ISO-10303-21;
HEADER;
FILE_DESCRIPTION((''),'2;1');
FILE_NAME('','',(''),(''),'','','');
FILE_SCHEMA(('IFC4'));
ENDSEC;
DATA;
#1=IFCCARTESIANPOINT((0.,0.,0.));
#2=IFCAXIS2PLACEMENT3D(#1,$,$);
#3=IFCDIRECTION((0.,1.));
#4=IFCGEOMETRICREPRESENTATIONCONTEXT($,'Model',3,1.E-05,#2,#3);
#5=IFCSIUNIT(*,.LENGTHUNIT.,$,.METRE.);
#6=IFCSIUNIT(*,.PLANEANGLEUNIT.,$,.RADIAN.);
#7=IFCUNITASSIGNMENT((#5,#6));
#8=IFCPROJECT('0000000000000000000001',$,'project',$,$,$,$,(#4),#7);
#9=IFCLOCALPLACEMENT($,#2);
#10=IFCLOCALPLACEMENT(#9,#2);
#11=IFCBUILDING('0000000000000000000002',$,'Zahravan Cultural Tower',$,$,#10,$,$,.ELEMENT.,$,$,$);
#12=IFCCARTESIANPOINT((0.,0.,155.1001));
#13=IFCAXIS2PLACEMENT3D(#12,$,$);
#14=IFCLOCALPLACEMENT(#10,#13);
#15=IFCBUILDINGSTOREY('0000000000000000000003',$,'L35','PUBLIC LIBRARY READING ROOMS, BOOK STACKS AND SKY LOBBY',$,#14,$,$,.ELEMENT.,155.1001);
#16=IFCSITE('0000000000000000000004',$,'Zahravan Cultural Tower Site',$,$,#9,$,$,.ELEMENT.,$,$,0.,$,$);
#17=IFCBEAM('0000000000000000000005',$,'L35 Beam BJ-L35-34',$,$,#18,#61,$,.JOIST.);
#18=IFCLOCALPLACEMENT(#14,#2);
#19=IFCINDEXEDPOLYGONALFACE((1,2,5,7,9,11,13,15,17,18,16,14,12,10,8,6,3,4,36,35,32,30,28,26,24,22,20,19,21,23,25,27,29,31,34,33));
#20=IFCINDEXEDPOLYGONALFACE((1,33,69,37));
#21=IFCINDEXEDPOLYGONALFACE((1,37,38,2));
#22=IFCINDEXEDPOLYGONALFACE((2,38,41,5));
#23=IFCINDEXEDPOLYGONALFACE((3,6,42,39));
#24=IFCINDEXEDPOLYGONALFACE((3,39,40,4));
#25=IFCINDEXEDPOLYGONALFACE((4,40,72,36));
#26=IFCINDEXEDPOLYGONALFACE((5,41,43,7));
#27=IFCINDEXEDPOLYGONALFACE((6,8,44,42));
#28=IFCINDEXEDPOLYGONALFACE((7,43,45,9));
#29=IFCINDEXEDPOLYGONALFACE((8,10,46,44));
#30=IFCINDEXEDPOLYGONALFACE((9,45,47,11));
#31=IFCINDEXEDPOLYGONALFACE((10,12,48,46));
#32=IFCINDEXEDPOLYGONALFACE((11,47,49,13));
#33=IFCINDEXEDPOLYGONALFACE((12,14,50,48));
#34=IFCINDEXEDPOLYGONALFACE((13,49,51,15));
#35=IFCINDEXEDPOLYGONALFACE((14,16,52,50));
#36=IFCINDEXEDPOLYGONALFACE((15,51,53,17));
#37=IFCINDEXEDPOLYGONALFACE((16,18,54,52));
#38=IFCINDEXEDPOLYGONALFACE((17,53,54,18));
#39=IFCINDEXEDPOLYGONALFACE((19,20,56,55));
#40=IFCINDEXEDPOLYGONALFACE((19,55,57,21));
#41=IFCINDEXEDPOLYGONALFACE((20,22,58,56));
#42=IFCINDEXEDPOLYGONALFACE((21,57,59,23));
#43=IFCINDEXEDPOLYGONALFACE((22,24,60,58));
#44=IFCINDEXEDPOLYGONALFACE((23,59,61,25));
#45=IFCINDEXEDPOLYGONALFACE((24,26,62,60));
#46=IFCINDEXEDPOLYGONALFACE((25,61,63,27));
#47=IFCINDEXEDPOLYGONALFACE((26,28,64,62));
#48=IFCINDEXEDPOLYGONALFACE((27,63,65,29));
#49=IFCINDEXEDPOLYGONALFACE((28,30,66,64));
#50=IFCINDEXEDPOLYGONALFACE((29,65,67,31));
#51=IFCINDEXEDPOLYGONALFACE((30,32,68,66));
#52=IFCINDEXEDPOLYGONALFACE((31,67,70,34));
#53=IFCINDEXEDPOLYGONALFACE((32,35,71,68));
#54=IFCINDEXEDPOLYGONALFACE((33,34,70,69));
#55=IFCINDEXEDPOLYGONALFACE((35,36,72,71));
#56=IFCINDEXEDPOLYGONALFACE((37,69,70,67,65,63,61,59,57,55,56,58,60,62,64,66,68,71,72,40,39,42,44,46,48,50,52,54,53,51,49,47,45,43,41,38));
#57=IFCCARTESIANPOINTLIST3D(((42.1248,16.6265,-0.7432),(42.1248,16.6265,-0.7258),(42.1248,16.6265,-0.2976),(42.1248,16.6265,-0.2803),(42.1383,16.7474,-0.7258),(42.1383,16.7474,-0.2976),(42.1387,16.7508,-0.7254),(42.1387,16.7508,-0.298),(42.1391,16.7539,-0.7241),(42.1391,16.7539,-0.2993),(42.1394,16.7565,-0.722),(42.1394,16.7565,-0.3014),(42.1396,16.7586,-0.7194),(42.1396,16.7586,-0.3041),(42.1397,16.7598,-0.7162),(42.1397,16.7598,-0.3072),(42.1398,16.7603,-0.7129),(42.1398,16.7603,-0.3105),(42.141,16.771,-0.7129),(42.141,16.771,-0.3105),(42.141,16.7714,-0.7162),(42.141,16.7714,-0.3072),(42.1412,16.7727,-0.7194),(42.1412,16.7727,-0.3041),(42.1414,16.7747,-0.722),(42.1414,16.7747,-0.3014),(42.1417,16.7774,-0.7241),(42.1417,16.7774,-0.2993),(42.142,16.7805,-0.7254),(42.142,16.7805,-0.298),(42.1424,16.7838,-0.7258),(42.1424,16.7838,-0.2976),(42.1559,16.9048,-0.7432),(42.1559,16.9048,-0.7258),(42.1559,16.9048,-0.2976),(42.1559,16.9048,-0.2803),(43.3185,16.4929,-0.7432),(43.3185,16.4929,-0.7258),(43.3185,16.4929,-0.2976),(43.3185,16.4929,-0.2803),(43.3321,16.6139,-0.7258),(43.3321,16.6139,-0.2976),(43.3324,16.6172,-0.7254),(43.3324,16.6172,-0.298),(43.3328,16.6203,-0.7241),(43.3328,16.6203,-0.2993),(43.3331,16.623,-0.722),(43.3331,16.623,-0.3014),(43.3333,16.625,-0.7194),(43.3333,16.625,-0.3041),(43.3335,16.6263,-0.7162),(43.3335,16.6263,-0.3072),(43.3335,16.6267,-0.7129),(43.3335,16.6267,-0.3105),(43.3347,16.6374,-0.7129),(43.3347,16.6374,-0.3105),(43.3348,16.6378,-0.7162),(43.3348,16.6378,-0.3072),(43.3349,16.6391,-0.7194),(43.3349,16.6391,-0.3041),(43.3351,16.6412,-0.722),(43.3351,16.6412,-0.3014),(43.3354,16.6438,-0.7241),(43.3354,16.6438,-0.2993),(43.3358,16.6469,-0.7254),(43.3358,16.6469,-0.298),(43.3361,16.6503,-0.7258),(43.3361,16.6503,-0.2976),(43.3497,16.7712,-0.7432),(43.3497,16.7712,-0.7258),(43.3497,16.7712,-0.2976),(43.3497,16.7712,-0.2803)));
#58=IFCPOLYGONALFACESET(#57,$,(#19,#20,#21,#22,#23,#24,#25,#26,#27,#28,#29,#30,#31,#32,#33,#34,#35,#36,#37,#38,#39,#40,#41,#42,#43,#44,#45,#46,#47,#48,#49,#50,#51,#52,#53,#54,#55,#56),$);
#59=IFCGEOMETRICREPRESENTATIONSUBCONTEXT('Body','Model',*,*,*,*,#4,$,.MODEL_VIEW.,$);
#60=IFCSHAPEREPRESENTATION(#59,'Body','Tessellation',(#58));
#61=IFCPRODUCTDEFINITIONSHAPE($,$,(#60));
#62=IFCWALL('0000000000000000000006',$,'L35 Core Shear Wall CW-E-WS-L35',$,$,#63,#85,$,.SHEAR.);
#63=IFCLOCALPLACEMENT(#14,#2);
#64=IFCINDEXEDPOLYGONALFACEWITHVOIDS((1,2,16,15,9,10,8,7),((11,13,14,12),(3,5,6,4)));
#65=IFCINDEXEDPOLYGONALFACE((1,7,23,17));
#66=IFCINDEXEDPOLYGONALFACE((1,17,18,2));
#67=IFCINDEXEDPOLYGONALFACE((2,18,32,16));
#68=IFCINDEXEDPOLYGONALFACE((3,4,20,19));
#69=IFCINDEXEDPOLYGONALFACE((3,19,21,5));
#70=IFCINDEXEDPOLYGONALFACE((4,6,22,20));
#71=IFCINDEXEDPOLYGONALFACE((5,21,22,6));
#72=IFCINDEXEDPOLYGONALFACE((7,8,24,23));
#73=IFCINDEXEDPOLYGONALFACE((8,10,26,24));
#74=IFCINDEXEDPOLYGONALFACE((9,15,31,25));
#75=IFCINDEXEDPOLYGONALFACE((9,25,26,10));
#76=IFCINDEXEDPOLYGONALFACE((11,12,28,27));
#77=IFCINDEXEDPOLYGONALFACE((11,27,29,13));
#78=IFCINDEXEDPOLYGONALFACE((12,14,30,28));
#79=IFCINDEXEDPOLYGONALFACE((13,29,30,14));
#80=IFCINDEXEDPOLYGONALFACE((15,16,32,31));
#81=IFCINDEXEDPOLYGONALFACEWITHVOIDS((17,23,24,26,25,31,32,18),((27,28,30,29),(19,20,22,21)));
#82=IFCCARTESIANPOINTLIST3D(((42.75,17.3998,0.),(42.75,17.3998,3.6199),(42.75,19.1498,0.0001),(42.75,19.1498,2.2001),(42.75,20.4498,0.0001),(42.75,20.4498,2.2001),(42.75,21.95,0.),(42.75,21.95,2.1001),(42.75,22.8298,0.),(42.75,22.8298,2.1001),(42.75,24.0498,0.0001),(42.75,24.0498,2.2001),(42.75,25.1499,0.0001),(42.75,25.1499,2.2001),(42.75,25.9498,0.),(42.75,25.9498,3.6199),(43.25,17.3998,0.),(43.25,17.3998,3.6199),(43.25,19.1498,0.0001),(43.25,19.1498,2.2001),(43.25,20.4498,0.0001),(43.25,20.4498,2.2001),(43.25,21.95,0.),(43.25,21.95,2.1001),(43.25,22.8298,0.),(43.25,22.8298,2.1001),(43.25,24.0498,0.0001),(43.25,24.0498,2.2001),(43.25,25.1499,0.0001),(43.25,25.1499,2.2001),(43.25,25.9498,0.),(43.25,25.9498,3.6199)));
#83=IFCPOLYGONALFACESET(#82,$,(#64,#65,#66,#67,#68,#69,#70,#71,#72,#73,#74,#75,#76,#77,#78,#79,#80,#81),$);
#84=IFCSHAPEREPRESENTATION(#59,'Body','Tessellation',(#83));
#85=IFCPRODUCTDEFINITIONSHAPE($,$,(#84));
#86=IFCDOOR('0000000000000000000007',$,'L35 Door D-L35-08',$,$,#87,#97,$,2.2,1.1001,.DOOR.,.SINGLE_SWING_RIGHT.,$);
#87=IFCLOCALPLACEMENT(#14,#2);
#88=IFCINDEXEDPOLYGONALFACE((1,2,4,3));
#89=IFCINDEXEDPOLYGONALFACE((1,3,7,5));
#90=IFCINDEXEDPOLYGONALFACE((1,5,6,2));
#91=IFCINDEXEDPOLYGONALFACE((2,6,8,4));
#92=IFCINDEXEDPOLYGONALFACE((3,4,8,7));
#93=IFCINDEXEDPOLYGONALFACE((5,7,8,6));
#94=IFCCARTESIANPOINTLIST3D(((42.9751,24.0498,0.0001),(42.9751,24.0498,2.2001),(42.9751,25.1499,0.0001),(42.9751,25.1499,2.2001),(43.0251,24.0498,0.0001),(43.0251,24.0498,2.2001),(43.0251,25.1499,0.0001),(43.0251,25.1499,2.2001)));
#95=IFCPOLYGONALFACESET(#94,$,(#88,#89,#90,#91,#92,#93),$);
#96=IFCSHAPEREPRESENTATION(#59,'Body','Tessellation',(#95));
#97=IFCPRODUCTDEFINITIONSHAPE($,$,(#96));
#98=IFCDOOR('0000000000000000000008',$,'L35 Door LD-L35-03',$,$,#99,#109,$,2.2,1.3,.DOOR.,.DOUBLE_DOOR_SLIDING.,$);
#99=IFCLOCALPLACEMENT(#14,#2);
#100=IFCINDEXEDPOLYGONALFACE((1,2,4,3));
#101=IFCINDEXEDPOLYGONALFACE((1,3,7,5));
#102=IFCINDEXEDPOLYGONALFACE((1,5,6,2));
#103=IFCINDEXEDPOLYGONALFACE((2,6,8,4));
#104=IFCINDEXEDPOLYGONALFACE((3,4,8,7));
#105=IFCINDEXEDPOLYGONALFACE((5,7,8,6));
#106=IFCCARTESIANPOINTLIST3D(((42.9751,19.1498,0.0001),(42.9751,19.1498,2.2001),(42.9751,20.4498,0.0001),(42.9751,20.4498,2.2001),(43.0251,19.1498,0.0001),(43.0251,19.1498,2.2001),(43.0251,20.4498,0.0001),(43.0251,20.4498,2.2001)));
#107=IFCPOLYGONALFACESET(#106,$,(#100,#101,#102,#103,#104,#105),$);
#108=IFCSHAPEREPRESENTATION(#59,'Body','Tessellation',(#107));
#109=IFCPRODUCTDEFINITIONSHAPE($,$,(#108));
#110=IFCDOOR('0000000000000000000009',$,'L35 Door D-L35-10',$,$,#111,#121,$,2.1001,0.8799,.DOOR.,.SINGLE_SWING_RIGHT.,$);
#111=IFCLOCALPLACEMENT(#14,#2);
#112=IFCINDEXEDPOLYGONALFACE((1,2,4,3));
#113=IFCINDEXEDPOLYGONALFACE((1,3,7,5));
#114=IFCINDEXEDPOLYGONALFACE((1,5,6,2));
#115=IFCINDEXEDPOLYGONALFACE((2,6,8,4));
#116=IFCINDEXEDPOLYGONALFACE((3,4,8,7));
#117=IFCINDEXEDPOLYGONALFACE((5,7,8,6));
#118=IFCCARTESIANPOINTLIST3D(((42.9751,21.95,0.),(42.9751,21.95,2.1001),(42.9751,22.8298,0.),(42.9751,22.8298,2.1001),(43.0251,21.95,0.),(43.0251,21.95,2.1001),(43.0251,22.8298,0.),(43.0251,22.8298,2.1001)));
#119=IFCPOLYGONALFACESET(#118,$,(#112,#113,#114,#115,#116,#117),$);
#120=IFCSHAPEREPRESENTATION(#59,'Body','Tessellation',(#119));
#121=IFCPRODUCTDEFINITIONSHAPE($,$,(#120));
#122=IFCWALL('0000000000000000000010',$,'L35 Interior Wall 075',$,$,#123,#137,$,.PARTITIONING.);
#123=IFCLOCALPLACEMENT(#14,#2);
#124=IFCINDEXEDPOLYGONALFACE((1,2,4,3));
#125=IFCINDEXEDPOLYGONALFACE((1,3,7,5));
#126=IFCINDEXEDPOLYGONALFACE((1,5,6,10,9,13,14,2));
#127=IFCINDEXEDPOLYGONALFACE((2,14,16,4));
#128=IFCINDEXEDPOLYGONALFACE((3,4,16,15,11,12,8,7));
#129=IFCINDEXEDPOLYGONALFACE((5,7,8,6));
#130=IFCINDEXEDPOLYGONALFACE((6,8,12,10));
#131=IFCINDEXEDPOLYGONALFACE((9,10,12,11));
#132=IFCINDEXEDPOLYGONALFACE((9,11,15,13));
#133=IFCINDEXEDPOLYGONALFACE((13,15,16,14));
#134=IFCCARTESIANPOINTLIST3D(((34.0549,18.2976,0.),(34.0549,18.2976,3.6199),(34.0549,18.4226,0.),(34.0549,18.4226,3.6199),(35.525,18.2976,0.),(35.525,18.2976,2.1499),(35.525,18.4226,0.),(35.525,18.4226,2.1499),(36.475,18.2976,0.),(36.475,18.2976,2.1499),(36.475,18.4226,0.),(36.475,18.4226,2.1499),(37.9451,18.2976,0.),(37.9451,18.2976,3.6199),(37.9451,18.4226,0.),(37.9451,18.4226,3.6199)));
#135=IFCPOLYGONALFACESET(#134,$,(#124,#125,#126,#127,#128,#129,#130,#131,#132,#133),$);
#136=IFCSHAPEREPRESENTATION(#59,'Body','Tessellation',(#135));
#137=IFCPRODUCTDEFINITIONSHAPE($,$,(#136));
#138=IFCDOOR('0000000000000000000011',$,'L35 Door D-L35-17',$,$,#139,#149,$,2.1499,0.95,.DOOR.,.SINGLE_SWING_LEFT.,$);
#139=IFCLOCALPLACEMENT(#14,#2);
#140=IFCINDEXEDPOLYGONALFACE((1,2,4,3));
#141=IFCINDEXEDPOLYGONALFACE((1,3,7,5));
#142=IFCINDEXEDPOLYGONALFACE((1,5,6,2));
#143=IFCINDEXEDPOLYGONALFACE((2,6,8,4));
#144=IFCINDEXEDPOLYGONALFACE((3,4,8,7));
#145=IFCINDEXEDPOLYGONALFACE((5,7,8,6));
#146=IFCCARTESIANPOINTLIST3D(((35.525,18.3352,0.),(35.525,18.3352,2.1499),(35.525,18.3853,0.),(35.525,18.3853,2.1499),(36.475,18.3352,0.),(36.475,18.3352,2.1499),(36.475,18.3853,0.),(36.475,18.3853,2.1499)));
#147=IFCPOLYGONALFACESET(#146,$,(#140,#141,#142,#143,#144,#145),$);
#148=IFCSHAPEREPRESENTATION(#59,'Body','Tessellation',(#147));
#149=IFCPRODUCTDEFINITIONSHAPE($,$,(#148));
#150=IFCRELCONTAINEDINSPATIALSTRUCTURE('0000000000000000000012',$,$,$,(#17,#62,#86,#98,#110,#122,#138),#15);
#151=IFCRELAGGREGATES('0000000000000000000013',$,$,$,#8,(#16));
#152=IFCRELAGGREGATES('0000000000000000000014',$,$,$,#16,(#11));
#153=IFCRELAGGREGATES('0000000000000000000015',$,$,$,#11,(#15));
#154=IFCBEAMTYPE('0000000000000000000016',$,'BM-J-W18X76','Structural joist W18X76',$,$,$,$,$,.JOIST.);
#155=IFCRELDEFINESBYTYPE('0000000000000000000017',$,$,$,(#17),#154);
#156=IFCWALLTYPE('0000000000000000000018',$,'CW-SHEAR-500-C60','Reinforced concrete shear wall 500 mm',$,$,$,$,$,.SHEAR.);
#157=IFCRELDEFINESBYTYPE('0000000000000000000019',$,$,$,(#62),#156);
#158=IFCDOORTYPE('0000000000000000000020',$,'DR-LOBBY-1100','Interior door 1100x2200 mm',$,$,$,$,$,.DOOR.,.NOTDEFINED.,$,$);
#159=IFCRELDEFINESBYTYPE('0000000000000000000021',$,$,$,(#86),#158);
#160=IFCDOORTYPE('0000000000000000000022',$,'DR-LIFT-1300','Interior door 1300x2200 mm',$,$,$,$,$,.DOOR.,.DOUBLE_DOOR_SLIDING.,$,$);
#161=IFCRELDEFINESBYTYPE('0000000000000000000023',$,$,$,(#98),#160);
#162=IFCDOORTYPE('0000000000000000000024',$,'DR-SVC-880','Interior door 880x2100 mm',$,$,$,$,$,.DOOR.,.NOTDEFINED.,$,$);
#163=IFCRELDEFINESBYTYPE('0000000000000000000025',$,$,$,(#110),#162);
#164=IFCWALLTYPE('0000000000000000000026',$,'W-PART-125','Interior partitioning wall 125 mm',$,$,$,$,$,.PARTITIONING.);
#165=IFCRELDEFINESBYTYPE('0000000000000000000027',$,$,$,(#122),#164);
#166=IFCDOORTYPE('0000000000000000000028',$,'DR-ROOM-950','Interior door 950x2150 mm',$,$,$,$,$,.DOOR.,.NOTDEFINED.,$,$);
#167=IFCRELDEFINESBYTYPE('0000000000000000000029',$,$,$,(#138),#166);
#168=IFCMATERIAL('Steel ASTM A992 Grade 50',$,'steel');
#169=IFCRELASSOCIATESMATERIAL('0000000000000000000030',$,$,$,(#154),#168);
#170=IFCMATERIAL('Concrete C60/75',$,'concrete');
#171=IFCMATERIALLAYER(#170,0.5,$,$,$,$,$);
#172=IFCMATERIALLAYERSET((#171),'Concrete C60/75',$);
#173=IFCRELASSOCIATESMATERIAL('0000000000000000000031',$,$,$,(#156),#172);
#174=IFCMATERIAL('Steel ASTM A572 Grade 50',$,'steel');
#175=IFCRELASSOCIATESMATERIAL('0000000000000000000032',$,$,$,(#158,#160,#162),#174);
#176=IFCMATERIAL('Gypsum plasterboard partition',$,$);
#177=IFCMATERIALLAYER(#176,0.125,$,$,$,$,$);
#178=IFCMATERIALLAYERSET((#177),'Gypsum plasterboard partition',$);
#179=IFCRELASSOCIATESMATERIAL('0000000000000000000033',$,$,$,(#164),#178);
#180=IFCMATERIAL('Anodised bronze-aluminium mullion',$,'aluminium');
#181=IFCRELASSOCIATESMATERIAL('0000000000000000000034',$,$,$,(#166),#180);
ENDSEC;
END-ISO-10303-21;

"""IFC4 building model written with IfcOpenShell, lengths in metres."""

from ifc_helpers import new_model, si_unit, direction, frame, frame_2d, origin, origin_2d, place, context, subcontext, project, spatial, rectangle, i_section, extrude, source, transform, mapped, material, layer, layer_set, material_profile, profile_set, type_object, element, fill, save


model = new_model("IFC4")

# Units and contexts
model_context = context("Model", 3, precision=1e-05, world=origin(), true_north=direction((0.0, 1.0)))
body_context = subcontext(model_context, "Body", "Model", "MODEL_VIEW")
ifc_project = project(units=[si_unit("LENGTHUNIT", "METRE"), si_unit("PLANEANGLEUNIT", "RADIAN")], contexts=[model_context])

# Site, building, storey
site_placement = place(None, origin())
site = spatial("IfcSite", under=ifc_project, at=site_placement, Name="Zahravan Cultural Tower Site", CompositionType="ELEMENT", RefElevation=0.0)
building_placement = place(site_placement, origin())
building = spatial("IfcBuilding", under=site, at=building_placement, Name="Zahravan Cultural Tower", CompositionType="ELEMENT")
storey_placement = place(building_placement, frame((0.0, 0.0, 155.1001)))
storey = spatial("IfcBuildingStorey", under=building, at=storey_placement, Name="L35", Description="PUBLIC LIBRARY READING ROOMS, BOOK STACKS AND SKY LOBBY", CompositionType="ELEMENT", Elevation=155.1001)

# Beam
ifc_material_1 = material(Name="Steel ASTM A992 Grade 50", Category="steel")
ifc_material_profile_1 = material_profile(ifc_material_1, i_section(OverallWidth=0.28, OverallDepth=0.4629, WebThickness=0.0107, FlangeThickness=0.0173, FilletRadius=0.0129, at=origin_2d()), Name="W18X76")
ifc_profile_set_1 = profile_set([ifc_material_profile_1], Name="Steel ASTM A992 Grade 50")
beam_type_1 = type_object("IfcBeamType", Name="BM-J-W18X76", Description="Structural joist W18X76", PredefinedType="JOIST", material=ifc_profile_set_1)
shared_shape_1 = source(origin(), body_context, "Body", "SweptSolid", [
    extrude(i_section(OverallWidth=0.28, OverallDepth=0.4629, WebThickness=0.0107, FlangeThickness=0.0173, FilletRadius=0.0129, at=origin_2d()), origin(), (0.0, 0.0, 1.0), 1.2012),
])
beam_1_placement = place(storey_placement, frame((42.1404, 16.7656, -0.5117), z_axis=(0.993799, -0.11119, 0.0), x_axis=(0.11119, 0.993799, 0.0)))
element("IfcBeam", 1, at=beam_1_placement, inside=storey, type_object=beam_type_1, Name="L35 Beam BJ-L35-34", PredefinedType="JOIST", context=body_context, shape_type="MappedRepresentation", body=[
    mapped(shared_shape_1, transform((0.0, 0.0, 0.0), x_axis=(1.0, 0.0, 0.0), y_axis=(0.0, 1.0, 0.0), z_axis=(0.0, 0.0, 1.0), scale=1.0)),
])

# Wall, openings, doors
ifc_material_2 = material(Name="Concrete C60/75", Category="concrete")
ifc_layer_1 = layer(ifc_material_2, 0.5)
ifc_layer_set_1 = layer_set([ifc_layer_1], Name="Concrete C60/75")
wall_type_1 = type_object("IfcWallType", Name="CW-SHEAR-500-C60", Description="Reinforced concrete shear wall 500 mm", PredefinedType="SHEAR", material=ifc_layer_set_1)
wall_1_placement = place(storey_placement, frame((43.0, 17.3999, 0.0), z_axis=(0.0, 0.0, 1.0), x_axis=(0.0, 1.0, 0.0)))
wall_1 = element("IfcWall", 2, at=wall_1_placement, inside=storey, type_object=wall_type_1, Name="L35 Core Shear Wall CW-E-WS-L35", PredefinedType="SHEAR", context=body_context, shape_type="SweptSolid", body=[
    extrude(rectangle(XDim=8.55, YDim=0.5, at=frame_2d((4.2749, 0.0))), origin(), (0.0, 0.0, 1.0), 3.6199),
])
opening_1_placement = place(wall_1_placement, frame((6.6499, 0.0, 0.0)))
opening_1 = element("IfcOpeningElement", 3, at=opening_1_placement, cuts=wall_1, PredefinedType="OPENING", context=body_context, shape_type="SweptSolid", body=[
    extrude(rectangle(XDim=1.1001, YDim=2.2, at=frame_2d((0.55, 1.1001))), frame((0.0, 0.26, 0.0), z_axis=(0.0, -1.0, 0.0), x_axis=(1.0, 0.0, 0.0)), (0.0, 0.0, 1.0), 0.52),
])
opening_2_placement = place(wall_1_placement, frame((1.75, 0.0, 0.0)))
opening_2 = element("IfcOpeningElement", 4, at=opening_2_placement, cuts=wall_1, PredefinedType="OPENING", context=body_context, shape_type="SweptSolid", body=[
    extrude(rectangle(XDim=1.3, YDim=2.2, at=frame_2d((0.6499, 1.1001))), frame((0.0, 0.26, 0.0), z_axis=(0.0, -1.0, 0.0), x_axis=(1.0, 0.0, 0.0)), (0.0, 0.0, 1.0), 0.52),
])
opening_3_placement = place(wall_1_placement, frame((4.55, 0.0, 0.0)))
opening_3 = element("IfcOpeningElement", 5, at=opening_3_placement, cuts=wall_1, PredefinedType="OPENING", context=body_context, shape_type="SweptSolid", body=[
    extrude(rectangle(XDim=0.8799, YDim=2.1001, at=frame_2d((0.4399, 1.05))), frame((0.0, 0.26, 0.0), z_axis=(0.0, -1.0, 0.0), x_axis=(1.0, 0.0, 0.0)), (0.0, 0.0, 1.0), 0.52),
])
ifc_material_3 = material(Name="Steel ASTM A572 Grade 50", Category="steel")
door_type_1 = type_object("IfcDoorType", Name="DR-LOBBY-1100", Description="Interior door 1100x2200 mm", OperationType="NOTDEFINED", PredefinedType="DOOR", material=ifc_material_3)
shared_shape_2 = source(origin(), body_context, "Body", "SweptSolid", [
    extrude(rectangle(XDim=1.1001, YDim=2.2, at=frame_2d((0.55, 1.1001))), frame((0.0, 0.0249, 0.0), z_axis=(0.0, -1.0, 0.0), x_axis=(1.0, 0.0, 0.0)), (0.0, 0.0, 1.0), 0.05),
])
door_1_placement = place(opening_1_placement, origin())
door_1 = element("IfcDoor", 6, at=door_1_placement, inside=storey, type_object=door_type_1, Name="L35 Door D-L35-08", OperationType="SINGLE_SWING_RIGHT", OverallHeight=2.2, OverallWidth=1.1001, PredefinedType="DOOR", context=body_context, shape_type="MappedRepresentation", body=[
    mapped(shared_shape_2, transform((0.0, 0.0, 0.0), x_axis=(1.0, 0.0, 0.0), y_axis=(0.0, 1.0, 0.0), z_axis=(0.0, 0.0, 1.0), scale=1.0)),
])
fill(opening_1, door_1)
door_type_2 = type_object("IfcDoorType", Name="DR-LIFT-1300", Description="Interior door 1300x2200 mm", OperationType="DOUBLE_DOOR_SLIDING", PredefinedType="DOOR", material=ifc_material_3)
shared_shape_3 = source(origin(), body_context, "Body", "SweptSolid", [
    extrude(rectangle(XDim=1.3, YDim=2.2, at=frame_2d((0.6499, 1.1001))), frame((0.0, 0.0249, 0.0), z_axis=(0.0, -1.0, 0.0), x_axis=(1.0, 0.0, 0.0)), (0.0, 0.0, 1.0), 0.05),
])
door_2_placement = place(opening_2_placement, origin())
door_2 = element("IfcDoor", 7, at=door_2_placement, inside=storey, type_object=door_type_2, Name="L35 Door LD-L35-03", OperationType="DOUBLE_DOOR_SLIDING", OverallHeight=2.2, OverallWidth=1.3, PredefinedType="DOOR", context=body_context, shape_type="MappedRepresentation", body=[
    mapped(shared_shape_3, transform((0.0, 0.0, 0.0), x_axis=(1.0, 0.0, 0.0), y_axis=(0.0, 1.0, 0.0), z_axis=(0.0, 0.0, 1.0), scale=1.0)),
])
fill(opening_2, door_2)
door_type_3 = type_object("IfcDoorType", Name="DR-SVC-880", Description="Interior door 880x2100 mm", OperationType="NOTDEFINED", PredefinedType="DOOR", material=ifc_material_3)
shared_shape_4 = source(origin(), body_context, "Body", "SweptSolid", [
    extrude(rectangle(XDim=0.8799, YDim=2.1001, at=frame_2d((0.4399, 1.05))), frame((0.0, 0.0249, 0.0), z_axis=(0.0, -1.0, 0.0), x_axis=(1.0, 0.0, 0.0)), (0.0, 0.0, 1.0), 0.05),
])
door_3_placement = place(opening_3_placement, origin())
door_3 = element("IfcDoor", 8, at=door_3_placement, inside=storey, type_object=door_type_3, Name="L35 Door D-L35-10", OperationType="SINGLE_SWING_RIGHT", OverallHeight=2.1001, OverallWidth=0.8799, PredefinedType="DOOR", context=body_context, shape_type="MappedRepresentation", body=[
    mapped(shared_shape_4, transform((0.0, 0.0, 0.0), x_axis=(1.0, 0.0, 0.0), y_axis=(0.0, 1.0, 0.0), z_axis=(0.0, 0.0, 1.0), scale=1.0)),
])
fill(opening_3, door_3)

# Wall, opening, door
ifc_material_4 = material(Name="Gypsum plasterboard partition")
ifc_layer_2 = layer(ifc_material_4, 0.125)
ifc_layer_set_2 = layer_set([ifc_layer_2], Name="Gypsum plasterboard partition")
wall_type_2 = type_object("IfcWallType", Name="W-PART-125", Description="Interior partitioning wall 125 mm", PredefinedType="PARTITIONING", material=ifc_layer_set_2)
ifc_material_5 = material(Name="Anodised bronze-aluminium mullion", Category="aluminium")
door_type_4 = type_object("IfcDoorType", Name="DR-ROOM-950", Description="Interior door 950x2150 mm", OperationType="NOTDEFINED", PredefinedType="DOOR", material=ifc_material_5)
shared_shape_5 = source(origin(), body_context, "Body", "SweptSolid", [
    extrude(rectangle(XDim=0.95, YDim=2.1499, at=frame_2d((0.4751, 1.075))), frame((0.0, 0.0249, 0.0), z_axis=(0.0, -1.0, 0.0), x_axis=(1.0, 0.0, 0.0)), (0.0, 0.0, 1.0), 0.05),
])
wall_2_placement = place(storey_placement, frame((37.9451, 18.3601, 0.0), z_axis=(0.0, 0.0, 1.0), x_axis=(-1.0, 0.0, 0.0)))
wall_2 = element("IfcWall", 9, at=wall_2_placement, inside=storey, type_object=wall_type_2, Name="L35 Interior Wall 075", PredefinedType="PARTITIONING", context=body_context, shape_type="SweptSolid", body=[
    extrude(rectangle(XDim=3.8901, YDim=0.125, at=frame_2d((1.9451, 0.0))), origin(), (0.0, 0.0, 1.0), 3.6199),
])
opening_4_placement = place(wall_2_placement, frame((1.47, 0.0, 0.0)))
opening_4 = element("IfcOpeningElement", 10, at=opening_4_placement, cuts=wall_2, PredefinedType="OPENING", context=body_context, shape_type="SweptSolid", body=[
    extrude(rectangle(XDim=0.95, YDim=2.1499, at=frame_2d((0.4751, 1.075))), frame((0.0, 0.0725, 0.0), z_axis=(0.0, -1.0, 0.0), x_axis=(1.0, 0.0, 0.0)), (0.0, 0.0, 1.0), 0.145),
])
door_4_placement = place(opening_4_placement, origin())
door_4 = element("IfcDoor", 11, at=door_4_placement, inside=storey, type_object=door_type_4, Name="L35 Door D-L35-17", OperationType="SINGLE_SWING_LEFT", OverallHeight=2.1499, OverallWidth=0.95, PredefinedType="DOOR", context=body_context, shape_type="MappedRepresentation", body=[
    mapped(shared_shape_5, transform((0.0, 0.0, 0.0), x_axis=(1.0, 0.0, 0.0), y_axis=(0.0, 1.0, 0.0), z_axis=(0.0, 0.0, 1.0), scale=1.0)),
])
fill(opening_4, door_4)

save(model, "model.ifc")
